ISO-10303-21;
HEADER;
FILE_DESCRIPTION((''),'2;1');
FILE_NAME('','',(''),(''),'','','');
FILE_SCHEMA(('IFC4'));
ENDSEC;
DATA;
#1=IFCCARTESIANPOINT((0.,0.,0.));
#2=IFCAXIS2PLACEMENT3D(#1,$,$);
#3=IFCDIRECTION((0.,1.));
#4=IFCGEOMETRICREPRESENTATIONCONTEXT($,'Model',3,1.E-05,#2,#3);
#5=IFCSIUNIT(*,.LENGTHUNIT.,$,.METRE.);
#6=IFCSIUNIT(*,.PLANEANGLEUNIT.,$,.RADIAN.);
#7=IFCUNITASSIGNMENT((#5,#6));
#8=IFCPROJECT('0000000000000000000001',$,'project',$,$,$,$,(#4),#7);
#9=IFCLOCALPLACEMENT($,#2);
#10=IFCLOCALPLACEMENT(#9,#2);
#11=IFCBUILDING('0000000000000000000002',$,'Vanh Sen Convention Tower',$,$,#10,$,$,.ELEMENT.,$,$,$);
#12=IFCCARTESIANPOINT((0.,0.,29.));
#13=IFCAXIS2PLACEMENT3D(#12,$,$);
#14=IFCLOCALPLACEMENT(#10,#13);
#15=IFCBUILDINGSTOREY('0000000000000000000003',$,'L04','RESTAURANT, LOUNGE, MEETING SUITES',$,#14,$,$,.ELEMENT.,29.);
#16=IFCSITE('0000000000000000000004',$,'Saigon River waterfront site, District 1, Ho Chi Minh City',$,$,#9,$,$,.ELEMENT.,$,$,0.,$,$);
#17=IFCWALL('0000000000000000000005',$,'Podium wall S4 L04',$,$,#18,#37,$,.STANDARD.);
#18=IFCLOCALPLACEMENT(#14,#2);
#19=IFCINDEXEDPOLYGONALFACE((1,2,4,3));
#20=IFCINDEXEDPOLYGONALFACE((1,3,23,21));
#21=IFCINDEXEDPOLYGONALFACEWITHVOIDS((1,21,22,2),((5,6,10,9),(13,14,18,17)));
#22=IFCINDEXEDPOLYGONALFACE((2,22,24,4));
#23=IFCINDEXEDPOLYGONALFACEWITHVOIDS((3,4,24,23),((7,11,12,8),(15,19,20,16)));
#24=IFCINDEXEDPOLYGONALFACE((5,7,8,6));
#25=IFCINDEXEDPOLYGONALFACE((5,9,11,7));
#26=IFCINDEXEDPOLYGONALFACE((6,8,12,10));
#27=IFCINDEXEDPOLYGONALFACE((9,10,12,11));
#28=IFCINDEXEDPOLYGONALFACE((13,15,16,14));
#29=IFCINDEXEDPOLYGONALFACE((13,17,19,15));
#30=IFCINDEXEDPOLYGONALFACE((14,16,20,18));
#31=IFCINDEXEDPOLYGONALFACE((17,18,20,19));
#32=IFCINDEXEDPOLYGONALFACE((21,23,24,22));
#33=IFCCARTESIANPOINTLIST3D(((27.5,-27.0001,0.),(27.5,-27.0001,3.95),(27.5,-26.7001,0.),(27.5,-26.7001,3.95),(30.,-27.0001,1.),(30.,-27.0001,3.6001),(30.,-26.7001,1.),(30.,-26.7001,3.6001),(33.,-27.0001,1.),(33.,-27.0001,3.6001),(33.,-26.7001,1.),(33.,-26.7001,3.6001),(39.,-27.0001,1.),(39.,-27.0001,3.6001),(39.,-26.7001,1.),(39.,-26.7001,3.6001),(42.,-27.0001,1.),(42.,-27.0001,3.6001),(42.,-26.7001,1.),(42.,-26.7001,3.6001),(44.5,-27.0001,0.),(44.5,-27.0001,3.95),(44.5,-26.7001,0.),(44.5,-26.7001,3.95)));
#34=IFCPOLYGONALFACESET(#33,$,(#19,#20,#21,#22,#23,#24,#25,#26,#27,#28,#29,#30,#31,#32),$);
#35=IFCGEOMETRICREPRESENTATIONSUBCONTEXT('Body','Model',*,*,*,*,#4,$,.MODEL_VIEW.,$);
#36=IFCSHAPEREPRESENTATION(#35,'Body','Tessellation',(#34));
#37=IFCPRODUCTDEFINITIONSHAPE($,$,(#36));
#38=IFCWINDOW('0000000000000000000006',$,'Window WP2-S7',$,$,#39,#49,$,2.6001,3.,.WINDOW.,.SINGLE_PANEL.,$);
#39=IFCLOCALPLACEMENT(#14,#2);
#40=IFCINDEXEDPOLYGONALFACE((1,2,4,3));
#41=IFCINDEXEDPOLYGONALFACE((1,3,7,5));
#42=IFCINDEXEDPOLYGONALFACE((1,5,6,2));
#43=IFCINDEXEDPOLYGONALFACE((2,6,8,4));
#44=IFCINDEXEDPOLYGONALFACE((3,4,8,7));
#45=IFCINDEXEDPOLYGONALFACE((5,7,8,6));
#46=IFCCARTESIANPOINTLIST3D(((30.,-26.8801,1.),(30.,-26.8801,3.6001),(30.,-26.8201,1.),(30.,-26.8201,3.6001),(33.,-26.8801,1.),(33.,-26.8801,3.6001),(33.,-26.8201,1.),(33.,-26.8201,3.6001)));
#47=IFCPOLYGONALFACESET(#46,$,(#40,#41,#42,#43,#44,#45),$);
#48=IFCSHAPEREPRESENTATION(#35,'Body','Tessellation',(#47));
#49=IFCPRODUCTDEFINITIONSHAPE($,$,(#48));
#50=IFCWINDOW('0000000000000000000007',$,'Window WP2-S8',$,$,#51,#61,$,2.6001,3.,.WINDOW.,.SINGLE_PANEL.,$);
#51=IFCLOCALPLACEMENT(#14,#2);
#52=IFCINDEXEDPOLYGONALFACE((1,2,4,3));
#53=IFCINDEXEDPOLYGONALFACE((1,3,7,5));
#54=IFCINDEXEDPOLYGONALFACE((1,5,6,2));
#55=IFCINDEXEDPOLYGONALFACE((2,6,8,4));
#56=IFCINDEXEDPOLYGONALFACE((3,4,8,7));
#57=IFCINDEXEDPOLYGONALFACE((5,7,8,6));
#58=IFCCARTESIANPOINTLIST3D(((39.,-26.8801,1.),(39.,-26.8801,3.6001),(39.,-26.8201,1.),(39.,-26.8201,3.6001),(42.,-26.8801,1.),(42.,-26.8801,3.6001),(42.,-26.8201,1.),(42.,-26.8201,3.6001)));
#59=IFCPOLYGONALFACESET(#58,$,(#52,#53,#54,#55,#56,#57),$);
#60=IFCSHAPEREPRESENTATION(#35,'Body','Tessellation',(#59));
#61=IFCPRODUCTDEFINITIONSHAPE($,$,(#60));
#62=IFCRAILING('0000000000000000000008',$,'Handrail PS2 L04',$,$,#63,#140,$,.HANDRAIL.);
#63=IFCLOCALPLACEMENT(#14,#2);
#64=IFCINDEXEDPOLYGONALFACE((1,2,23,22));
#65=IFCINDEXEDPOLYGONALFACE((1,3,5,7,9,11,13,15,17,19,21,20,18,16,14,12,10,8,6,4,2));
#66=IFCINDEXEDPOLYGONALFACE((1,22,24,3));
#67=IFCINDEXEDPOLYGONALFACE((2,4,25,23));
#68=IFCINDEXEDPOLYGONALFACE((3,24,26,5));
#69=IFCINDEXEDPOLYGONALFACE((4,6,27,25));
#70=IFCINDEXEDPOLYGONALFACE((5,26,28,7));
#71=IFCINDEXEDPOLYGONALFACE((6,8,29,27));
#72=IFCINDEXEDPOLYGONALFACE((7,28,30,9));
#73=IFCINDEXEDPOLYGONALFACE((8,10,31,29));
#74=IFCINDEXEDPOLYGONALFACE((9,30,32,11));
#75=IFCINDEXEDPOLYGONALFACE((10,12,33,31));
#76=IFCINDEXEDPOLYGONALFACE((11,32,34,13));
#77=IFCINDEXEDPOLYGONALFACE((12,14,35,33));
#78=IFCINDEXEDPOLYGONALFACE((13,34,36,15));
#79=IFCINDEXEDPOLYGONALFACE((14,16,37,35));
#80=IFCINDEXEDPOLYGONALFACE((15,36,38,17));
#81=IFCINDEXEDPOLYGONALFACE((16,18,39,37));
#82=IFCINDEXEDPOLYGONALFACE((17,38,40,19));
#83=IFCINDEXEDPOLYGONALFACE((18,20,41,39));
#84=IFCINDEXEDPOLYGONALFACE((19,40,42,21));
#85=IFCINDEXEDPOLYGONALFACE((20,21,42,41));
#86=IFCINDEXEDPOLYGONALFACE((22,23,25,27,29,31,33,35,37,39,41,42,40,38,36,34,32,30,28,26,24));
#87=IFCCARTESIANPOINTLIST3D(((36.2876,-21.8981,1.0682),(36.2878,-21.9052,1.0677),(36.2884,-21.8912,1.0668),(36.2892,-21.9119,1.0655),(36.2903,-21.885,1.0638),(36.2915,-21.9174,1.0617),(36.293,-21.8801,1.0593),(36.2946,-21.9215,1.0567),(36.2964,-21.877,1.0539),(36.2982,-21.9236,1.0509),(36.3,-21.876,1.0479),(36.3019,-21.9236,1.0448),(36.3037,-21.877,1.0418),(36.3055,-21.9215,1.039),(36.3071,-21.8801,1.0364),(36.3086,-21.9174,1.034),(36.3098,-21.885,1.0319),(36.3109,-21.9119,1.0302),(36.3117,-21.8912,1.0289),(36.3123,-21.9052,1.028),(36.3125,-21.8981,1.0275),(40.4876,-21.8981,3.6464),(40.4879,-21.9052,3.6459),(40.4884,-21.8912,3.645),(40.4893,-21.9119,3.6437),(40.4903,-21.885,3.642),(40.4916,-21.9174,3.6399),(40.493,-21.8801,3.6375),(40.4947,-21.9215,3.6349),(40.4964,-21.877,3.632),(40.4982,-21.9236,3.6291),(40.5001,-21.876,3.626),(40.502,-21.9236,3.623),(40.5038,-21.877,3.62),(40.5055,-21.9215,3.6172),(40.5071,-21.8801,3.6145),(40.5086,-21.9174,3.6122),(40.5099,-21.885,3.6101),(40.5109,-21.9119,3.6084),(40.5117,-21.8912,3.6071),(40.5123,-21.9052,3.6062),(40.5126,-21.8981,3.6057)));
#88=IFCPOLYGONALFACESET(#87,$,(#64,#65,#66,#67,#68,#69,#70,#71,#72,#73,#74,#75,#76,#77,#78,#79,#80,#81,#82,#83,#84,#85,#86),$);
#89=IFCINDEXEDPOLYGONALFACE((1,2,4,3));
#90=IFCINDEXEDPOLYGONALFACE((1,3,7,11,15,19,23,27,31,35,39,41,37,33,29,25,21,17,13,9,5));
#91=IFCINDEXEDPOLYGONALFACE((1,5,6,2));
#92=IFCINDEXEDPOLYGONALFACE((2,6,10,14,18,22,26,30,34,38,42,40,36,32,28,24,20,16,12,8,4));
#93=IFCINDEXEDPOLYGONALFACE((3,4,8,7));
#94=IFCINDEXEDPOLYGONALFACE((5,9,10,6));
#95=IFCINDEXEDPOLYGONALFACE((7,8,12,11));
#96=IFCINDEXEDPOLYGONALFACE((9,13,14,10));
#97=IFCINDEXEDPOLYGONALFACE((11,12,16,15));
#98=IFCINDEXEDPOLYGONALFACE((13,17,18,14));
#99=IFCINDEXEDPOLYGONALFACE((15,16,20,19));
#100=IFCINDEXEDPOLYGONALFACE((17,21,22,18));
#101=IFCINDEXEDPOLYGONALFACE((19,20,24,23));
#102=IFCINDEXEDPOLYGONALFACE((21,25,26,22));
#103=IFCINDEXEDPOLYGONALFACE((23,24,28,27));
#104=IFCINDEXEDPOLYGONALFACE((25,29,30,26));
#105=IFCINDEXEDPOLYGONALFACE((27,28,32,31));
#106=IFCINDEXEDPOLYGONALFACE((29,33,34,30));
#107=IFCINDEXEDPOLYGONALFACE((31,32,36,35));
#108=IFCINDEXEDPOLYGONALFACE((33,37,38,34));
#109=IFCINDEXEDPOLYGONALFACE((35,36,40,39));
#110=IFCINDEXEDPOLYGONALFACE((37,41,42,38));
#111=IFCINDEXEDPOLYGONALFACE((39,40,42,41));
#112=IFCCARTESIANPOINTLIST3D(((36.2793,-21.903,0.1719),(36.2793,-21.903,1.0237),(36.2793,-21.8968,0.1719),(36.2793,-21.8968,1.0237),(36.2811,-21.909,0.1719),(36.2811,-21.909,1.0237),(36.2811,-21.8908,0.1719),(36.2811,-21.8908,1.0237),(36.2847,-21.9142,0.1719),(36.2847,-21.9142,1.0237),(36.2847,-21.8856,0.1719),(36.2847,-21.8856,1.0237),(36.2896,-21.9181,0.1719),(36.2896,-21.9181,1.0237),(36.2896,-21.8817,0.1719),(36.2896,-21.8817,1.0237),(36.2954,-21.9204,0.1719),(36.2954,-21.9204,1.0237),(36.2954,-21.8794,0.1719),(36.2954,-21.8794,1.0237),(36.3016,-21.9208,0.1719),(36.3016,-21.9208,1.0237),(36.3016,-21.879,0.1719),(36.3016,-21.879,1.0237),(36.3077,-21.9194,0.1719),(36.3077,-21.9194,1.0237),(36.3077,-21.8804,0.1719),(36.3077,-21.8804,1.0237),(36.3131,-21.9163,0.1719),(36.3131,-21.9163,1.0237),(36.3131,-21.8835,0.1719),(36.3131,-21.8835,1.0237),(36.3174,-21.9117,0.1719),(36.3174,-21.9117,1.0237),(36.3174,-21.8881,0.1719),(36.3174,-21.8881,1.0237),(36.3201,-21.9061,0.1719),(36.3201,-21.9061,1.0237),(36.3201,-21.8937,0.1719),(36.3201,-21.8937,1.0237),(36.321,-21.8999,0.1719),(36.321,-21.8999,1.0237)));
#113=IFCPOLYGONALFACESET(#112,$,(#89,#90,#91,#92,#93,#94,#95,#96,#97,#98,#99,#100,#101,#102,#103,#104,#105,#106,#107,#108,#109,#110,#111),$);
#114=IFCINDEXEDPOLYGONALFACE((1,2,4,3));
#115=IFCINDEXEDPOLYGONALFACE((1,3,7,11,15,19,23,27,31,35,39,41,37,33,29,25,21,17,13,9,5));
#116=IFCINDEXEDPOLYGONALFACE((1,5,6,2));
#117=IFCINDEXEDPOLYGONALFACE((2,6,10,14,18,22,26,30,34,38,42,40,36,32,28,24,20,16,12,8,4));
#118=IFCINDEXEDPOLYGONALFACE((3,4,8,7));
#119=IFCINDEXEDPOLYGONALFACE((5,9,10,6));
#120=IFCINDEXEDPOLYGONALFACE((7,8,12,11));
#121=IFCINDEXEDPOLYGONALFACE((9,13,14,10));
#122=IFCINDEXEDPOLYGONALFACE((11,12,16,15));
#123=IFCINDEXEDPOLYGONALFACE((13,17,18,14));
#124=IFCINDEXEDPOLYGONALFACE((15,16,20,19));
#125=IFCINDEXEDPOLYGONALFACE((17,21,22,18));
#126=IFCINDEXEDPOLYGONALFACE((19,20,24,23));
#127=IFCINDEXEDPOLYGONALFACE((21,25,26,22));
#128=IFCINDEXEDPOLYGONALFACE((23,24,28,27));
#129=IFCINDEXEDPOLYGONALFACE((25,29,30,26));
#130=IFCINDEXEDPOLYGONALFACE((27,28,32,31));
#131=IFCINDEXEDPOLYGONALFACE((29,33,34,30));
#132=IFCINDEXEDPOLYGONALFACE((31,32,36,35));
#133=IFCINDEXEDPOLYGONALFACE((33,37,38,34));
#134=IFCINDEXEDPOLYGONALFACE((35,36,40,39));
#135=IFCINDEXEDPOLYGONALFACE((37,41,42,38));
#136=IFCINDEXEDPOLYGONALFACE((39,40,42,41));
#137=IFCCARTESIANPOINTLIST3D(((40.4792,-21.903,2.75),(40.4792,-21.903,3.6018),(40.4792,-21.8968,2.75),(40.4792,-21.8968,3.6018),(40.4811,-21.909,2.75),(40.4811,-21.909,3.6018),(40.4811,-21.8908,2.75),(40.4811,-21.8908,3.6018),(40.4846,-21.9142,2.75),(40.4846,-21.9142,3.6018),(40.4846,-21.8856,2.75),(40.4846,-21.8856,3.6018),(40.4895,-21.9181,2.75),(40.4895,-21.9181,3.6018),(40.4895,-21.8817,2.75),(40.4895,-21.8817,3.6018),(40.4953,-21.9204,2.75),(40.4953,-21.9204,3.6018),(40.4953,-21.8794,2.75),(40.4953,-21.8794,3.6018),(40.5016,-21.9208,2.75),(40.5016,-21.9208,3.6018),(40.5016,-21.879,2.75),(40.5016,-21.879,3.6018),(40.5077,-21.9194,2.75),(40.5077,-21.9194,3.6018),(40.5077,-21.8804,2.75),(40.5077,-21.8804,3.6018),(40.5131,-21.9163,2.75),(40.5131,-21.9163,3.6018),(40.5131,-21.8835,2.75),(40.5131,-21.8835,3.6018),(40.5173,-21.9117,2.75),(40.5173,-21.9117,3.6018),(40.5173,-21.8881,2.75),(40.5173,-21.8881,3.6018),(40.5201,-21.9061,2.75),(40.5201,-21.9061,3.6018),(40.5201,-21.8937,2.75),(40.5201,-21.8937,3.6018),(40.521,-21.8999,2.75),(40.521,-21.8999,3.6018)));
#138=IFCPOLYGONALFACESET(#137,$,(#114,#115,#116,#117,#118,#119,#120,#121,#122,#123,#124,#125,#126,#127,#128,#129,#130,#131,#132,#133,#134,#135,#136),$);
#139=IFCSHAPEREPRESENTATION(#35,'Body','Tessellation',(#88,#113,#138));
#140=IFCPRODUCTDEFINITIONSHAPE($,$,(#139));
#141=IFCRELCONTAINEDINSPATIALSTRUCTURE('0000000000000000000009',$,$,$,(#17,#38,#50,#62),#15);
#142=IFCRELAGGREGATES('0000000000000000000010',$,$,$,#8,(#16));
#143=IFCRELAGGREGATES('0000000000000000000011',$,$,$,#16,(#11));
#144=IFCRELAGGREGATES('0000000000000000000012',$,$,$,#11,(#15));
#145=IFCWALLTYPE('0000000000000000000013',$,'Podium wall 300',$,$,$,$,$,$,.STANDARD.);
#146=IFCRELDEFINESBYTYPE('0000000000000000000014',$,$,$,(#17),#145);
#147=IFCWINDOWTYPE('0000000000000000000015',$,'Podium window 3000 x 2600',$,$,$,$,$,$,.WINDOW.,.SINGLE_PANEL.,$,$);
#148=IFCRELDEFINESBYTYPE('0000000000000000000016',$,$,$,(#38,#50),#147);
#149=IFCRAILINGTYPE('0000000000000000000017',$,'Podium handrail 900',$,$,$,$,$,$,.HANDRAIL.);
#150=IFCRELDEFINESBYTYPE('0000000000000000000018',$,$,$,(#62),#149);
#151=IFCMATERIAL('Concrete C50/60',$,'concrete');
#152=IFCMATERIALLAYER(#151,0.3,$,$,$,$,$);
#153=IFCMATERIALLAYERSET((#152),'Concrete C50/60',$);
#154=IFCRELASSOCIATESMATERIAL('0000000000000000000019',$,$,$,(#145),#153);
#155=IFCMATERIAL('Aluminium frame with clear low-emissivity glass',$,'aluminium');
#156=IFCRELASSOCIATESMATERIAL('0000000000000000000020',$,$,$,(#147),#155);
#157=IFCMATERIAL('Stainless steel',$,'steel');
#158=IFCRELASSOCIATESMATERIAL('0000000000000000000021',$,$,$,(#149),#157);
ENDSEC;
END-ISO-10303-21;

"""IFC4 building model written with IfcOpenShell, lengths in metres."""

from ifc_helpers import new_model, si_unit, direction, frame, frame_2d, origin, origin_2d, place, context, subcontext, project, spatial, rectangle, circle, extrude, material, layer, layer_set, type_object, element, fill, save


model = new_model("IFC4")

# Units and contexts
model_context = context("Model", 3, precision=1e-05, world=origin(), true_north=direction((0.0, 1.0)))
body_context = subcontext(model_context, "Body", "Model", "MODEL_VIEW")
ifc_project = project(units=[si_unit("LENGTHUNIT", "METRE"), si_unit("PLANEANGLEUNIT", "RADIAN")], contexts=[model_context])

# Site, building, storey
site_placement = place(None, origin())
site = spatial("IfcSite", under=ifc_project, at=site_placement, Name="Saigon River waterfront site, District 1, Ho Chi Minh City", CompositionType="ELEMENT", RefElevation=0.0)
building_placement = place(site_placement, origin())
building = spatial("IfcBuilding", under=site, at=building_placement, Name="Vanh Sen Convention Tower", CompositionType="ELEMENT")
storey_placement = place(building_placement, frame((0.0, 0.0, 29.0)))
storey = spatial("IfcBuildingStorey", under=building, at=storey_placement, Name="L04", Description="RESTAURANT, LOUNGE, MEETING SUITES", CompositionType="ELEMENT", Elevation=29.0)

# Wall, openings, windows
ifc_material_1 = material(Name="Concrete C50/60", Category="concrete")
ifc_layer_1 = layer(ifc_material_1, 0.3)
ifc_layer_set_1 = layer_set([ifc_layer_1], Name="Concrete C50/60")
wall_type_1 = type_object("IfcWallType", Name="Podium wall 300", PredefinedType="STANDARD", material=ifc_layer_set_1)
wall_1_placement = place(storey_placement, frame((27.5, -26.8501, 0.0), z_axis=(0.0, 0.0, 1.0), x_axis=(1.0, 0.0, 0.0)))
wall_1 = element("IfcWall", 1, at=wall_1_placement, inside=storey, type_object=wall_type_1, Name="Podium wall S4 L04", PredefinedType="STANDARD", context=body_context, shape_type="SweptSolid", body=[
    extrude(rectangle(XDim=17.0, YDim=0.3, at=frame_2d((8.5, 0.0))), origin(), (0.0, 0.0, 1.0), 3.95),
])
opening_1_placement = place(wall_1_placement, frame((2.5, 0.0, 1.0)))
opening_1 = element("IfcOpeningElement", 2, at=opening_1_placement, cuts=wall_1, PredefinedType="OPENING", context=body_context, shape_type="SweptSolid", body=[
    extrude(rectangle(XDim=3.0, YDim=2.6001, at=frame_2d((1.5, 1.3))), frame((0.0, 0.1599, 0.0), z_axis=(0.0, -1.0, 0.0), x_axis=(1.0, 0.0, 0.0)), (0.0, 0.0, 1.0), 0.3201),
])
opening_2_placement = place(wall_1_placement, frame((11.5, 0.0, 1.0)))
opening_2 = element("IfcOpeningElement", 3, at=opening_2_placement, cuts=wall_1, PredefinedType="OPENING", context=body_context, shape_type="SweptSolid", body=[
    extrude(rectangle(XDim=3.0, YDim=2.6001, at=frame_2d((1.5, 1.3))), frame((0.0, 0.1599, 0.0), z_axis=(0.0, -1.0, 0.0), x_axis=(1.0, 0.0, 0.0)), (0.0, 0.0, 1.0), 0.3201),
])
ifc_material_2 = material(Name="Aluminium frame with clear low-emissivity glass", Category="aluminium")
window_type = type_object("IfcWindowType", Name="Podium window 3000 x 2600", PartitioningType="SINGLE_PANEL", PredefinedType="WINDOW", material=ifc_material_2)
window_1_placement = place(opening_1_placement, origin())
window_1 = element("IfcWindow", 4, at=window_1_placement, inside=storey, type_object=window_type, Name="Window WP2-S7", OverallHeight=2.6001, OverallWidth=3.0, PartitioningType="SINGLE_PANEL", PredefinedType="WINDOW", context=body_context, shape_type="SweptSolid", body=[
    extrude(rectangle(XDim=3.0, YDim=2.6001, at=frame_2d((1.5, 1.3))), frame((0.0, 0.03, 0.0), z_axis=(0.0, -1.0, 0.0), x_axis=(1.0, 0.0, 0.0)), (0.0, 0.0, 1.0), 0.0601),
])
fill(opening_1, window_1)
window_2_placement = place(opening_2_placement, origin())
window_2 = element("IfcWindow", 5, at=window_2_placement, inside=storey, type_object=window_type, Name="Window WP2-S8", OverallHeight=2.6001, OverallWidth=3.0, PartitioningType="SINGLE_PANEL", PredefinedType="WINDOW", context=body_context, shape_type="SweptSolid", body=[
    extrude(rectangle(XDim=3.0, YDim=2.6001, at=frame_2d((1.5, 1.3))), frame((0.0, 0.03, 0.0), z_axis=(0.0, -1.0, 0.0), x_axis=(1.0, 0.0, 0.0)), (0.0, 0.0, 1.0), 0.0601),
])
fill(opening_2, window_2)

# Railing
ifc_material_3 = material(Name="Stainless steel", Category="steel")
railing_type = type_object("IfcRailingType", Name="Podium handrail 900", PredefinedType="HANDRAIL", material=ifc_material_3)
for number, where, name in (
    (6, (36.3, -21.8999, 0.1719), "Handrail PS2 L04"),
):
    element("IfcRailing", number, at=place(storey_placement, frame(where)), inside=storey, type_object=railing_type, Name=name, PredefinedType="HANDRAIL", context=body_context, shape_type="SweptSolid", body=[
        extrude(circle(Radius=0.0239, at=origin_2d()), frame((0.0, 0.0, 0.876), z_axis=(0.852243, 0.0, 0.523146), x_axis=(0.0, 1.0, 0.0)), (0.0, 0.0, 1.0), 4.9282),
        extrude(circle(Radius=0.021, at=origin_2d()), origin(), (0.0, 0.0, 1.0), 0.8518),
        extrude(circle(Radius=0.021, at=origin_2d()), frame((4.2, 0.0, 2.5781)), (0.0, 0.0, 1.0), 0.8518),
    ])

save(model, "model.ifc")
